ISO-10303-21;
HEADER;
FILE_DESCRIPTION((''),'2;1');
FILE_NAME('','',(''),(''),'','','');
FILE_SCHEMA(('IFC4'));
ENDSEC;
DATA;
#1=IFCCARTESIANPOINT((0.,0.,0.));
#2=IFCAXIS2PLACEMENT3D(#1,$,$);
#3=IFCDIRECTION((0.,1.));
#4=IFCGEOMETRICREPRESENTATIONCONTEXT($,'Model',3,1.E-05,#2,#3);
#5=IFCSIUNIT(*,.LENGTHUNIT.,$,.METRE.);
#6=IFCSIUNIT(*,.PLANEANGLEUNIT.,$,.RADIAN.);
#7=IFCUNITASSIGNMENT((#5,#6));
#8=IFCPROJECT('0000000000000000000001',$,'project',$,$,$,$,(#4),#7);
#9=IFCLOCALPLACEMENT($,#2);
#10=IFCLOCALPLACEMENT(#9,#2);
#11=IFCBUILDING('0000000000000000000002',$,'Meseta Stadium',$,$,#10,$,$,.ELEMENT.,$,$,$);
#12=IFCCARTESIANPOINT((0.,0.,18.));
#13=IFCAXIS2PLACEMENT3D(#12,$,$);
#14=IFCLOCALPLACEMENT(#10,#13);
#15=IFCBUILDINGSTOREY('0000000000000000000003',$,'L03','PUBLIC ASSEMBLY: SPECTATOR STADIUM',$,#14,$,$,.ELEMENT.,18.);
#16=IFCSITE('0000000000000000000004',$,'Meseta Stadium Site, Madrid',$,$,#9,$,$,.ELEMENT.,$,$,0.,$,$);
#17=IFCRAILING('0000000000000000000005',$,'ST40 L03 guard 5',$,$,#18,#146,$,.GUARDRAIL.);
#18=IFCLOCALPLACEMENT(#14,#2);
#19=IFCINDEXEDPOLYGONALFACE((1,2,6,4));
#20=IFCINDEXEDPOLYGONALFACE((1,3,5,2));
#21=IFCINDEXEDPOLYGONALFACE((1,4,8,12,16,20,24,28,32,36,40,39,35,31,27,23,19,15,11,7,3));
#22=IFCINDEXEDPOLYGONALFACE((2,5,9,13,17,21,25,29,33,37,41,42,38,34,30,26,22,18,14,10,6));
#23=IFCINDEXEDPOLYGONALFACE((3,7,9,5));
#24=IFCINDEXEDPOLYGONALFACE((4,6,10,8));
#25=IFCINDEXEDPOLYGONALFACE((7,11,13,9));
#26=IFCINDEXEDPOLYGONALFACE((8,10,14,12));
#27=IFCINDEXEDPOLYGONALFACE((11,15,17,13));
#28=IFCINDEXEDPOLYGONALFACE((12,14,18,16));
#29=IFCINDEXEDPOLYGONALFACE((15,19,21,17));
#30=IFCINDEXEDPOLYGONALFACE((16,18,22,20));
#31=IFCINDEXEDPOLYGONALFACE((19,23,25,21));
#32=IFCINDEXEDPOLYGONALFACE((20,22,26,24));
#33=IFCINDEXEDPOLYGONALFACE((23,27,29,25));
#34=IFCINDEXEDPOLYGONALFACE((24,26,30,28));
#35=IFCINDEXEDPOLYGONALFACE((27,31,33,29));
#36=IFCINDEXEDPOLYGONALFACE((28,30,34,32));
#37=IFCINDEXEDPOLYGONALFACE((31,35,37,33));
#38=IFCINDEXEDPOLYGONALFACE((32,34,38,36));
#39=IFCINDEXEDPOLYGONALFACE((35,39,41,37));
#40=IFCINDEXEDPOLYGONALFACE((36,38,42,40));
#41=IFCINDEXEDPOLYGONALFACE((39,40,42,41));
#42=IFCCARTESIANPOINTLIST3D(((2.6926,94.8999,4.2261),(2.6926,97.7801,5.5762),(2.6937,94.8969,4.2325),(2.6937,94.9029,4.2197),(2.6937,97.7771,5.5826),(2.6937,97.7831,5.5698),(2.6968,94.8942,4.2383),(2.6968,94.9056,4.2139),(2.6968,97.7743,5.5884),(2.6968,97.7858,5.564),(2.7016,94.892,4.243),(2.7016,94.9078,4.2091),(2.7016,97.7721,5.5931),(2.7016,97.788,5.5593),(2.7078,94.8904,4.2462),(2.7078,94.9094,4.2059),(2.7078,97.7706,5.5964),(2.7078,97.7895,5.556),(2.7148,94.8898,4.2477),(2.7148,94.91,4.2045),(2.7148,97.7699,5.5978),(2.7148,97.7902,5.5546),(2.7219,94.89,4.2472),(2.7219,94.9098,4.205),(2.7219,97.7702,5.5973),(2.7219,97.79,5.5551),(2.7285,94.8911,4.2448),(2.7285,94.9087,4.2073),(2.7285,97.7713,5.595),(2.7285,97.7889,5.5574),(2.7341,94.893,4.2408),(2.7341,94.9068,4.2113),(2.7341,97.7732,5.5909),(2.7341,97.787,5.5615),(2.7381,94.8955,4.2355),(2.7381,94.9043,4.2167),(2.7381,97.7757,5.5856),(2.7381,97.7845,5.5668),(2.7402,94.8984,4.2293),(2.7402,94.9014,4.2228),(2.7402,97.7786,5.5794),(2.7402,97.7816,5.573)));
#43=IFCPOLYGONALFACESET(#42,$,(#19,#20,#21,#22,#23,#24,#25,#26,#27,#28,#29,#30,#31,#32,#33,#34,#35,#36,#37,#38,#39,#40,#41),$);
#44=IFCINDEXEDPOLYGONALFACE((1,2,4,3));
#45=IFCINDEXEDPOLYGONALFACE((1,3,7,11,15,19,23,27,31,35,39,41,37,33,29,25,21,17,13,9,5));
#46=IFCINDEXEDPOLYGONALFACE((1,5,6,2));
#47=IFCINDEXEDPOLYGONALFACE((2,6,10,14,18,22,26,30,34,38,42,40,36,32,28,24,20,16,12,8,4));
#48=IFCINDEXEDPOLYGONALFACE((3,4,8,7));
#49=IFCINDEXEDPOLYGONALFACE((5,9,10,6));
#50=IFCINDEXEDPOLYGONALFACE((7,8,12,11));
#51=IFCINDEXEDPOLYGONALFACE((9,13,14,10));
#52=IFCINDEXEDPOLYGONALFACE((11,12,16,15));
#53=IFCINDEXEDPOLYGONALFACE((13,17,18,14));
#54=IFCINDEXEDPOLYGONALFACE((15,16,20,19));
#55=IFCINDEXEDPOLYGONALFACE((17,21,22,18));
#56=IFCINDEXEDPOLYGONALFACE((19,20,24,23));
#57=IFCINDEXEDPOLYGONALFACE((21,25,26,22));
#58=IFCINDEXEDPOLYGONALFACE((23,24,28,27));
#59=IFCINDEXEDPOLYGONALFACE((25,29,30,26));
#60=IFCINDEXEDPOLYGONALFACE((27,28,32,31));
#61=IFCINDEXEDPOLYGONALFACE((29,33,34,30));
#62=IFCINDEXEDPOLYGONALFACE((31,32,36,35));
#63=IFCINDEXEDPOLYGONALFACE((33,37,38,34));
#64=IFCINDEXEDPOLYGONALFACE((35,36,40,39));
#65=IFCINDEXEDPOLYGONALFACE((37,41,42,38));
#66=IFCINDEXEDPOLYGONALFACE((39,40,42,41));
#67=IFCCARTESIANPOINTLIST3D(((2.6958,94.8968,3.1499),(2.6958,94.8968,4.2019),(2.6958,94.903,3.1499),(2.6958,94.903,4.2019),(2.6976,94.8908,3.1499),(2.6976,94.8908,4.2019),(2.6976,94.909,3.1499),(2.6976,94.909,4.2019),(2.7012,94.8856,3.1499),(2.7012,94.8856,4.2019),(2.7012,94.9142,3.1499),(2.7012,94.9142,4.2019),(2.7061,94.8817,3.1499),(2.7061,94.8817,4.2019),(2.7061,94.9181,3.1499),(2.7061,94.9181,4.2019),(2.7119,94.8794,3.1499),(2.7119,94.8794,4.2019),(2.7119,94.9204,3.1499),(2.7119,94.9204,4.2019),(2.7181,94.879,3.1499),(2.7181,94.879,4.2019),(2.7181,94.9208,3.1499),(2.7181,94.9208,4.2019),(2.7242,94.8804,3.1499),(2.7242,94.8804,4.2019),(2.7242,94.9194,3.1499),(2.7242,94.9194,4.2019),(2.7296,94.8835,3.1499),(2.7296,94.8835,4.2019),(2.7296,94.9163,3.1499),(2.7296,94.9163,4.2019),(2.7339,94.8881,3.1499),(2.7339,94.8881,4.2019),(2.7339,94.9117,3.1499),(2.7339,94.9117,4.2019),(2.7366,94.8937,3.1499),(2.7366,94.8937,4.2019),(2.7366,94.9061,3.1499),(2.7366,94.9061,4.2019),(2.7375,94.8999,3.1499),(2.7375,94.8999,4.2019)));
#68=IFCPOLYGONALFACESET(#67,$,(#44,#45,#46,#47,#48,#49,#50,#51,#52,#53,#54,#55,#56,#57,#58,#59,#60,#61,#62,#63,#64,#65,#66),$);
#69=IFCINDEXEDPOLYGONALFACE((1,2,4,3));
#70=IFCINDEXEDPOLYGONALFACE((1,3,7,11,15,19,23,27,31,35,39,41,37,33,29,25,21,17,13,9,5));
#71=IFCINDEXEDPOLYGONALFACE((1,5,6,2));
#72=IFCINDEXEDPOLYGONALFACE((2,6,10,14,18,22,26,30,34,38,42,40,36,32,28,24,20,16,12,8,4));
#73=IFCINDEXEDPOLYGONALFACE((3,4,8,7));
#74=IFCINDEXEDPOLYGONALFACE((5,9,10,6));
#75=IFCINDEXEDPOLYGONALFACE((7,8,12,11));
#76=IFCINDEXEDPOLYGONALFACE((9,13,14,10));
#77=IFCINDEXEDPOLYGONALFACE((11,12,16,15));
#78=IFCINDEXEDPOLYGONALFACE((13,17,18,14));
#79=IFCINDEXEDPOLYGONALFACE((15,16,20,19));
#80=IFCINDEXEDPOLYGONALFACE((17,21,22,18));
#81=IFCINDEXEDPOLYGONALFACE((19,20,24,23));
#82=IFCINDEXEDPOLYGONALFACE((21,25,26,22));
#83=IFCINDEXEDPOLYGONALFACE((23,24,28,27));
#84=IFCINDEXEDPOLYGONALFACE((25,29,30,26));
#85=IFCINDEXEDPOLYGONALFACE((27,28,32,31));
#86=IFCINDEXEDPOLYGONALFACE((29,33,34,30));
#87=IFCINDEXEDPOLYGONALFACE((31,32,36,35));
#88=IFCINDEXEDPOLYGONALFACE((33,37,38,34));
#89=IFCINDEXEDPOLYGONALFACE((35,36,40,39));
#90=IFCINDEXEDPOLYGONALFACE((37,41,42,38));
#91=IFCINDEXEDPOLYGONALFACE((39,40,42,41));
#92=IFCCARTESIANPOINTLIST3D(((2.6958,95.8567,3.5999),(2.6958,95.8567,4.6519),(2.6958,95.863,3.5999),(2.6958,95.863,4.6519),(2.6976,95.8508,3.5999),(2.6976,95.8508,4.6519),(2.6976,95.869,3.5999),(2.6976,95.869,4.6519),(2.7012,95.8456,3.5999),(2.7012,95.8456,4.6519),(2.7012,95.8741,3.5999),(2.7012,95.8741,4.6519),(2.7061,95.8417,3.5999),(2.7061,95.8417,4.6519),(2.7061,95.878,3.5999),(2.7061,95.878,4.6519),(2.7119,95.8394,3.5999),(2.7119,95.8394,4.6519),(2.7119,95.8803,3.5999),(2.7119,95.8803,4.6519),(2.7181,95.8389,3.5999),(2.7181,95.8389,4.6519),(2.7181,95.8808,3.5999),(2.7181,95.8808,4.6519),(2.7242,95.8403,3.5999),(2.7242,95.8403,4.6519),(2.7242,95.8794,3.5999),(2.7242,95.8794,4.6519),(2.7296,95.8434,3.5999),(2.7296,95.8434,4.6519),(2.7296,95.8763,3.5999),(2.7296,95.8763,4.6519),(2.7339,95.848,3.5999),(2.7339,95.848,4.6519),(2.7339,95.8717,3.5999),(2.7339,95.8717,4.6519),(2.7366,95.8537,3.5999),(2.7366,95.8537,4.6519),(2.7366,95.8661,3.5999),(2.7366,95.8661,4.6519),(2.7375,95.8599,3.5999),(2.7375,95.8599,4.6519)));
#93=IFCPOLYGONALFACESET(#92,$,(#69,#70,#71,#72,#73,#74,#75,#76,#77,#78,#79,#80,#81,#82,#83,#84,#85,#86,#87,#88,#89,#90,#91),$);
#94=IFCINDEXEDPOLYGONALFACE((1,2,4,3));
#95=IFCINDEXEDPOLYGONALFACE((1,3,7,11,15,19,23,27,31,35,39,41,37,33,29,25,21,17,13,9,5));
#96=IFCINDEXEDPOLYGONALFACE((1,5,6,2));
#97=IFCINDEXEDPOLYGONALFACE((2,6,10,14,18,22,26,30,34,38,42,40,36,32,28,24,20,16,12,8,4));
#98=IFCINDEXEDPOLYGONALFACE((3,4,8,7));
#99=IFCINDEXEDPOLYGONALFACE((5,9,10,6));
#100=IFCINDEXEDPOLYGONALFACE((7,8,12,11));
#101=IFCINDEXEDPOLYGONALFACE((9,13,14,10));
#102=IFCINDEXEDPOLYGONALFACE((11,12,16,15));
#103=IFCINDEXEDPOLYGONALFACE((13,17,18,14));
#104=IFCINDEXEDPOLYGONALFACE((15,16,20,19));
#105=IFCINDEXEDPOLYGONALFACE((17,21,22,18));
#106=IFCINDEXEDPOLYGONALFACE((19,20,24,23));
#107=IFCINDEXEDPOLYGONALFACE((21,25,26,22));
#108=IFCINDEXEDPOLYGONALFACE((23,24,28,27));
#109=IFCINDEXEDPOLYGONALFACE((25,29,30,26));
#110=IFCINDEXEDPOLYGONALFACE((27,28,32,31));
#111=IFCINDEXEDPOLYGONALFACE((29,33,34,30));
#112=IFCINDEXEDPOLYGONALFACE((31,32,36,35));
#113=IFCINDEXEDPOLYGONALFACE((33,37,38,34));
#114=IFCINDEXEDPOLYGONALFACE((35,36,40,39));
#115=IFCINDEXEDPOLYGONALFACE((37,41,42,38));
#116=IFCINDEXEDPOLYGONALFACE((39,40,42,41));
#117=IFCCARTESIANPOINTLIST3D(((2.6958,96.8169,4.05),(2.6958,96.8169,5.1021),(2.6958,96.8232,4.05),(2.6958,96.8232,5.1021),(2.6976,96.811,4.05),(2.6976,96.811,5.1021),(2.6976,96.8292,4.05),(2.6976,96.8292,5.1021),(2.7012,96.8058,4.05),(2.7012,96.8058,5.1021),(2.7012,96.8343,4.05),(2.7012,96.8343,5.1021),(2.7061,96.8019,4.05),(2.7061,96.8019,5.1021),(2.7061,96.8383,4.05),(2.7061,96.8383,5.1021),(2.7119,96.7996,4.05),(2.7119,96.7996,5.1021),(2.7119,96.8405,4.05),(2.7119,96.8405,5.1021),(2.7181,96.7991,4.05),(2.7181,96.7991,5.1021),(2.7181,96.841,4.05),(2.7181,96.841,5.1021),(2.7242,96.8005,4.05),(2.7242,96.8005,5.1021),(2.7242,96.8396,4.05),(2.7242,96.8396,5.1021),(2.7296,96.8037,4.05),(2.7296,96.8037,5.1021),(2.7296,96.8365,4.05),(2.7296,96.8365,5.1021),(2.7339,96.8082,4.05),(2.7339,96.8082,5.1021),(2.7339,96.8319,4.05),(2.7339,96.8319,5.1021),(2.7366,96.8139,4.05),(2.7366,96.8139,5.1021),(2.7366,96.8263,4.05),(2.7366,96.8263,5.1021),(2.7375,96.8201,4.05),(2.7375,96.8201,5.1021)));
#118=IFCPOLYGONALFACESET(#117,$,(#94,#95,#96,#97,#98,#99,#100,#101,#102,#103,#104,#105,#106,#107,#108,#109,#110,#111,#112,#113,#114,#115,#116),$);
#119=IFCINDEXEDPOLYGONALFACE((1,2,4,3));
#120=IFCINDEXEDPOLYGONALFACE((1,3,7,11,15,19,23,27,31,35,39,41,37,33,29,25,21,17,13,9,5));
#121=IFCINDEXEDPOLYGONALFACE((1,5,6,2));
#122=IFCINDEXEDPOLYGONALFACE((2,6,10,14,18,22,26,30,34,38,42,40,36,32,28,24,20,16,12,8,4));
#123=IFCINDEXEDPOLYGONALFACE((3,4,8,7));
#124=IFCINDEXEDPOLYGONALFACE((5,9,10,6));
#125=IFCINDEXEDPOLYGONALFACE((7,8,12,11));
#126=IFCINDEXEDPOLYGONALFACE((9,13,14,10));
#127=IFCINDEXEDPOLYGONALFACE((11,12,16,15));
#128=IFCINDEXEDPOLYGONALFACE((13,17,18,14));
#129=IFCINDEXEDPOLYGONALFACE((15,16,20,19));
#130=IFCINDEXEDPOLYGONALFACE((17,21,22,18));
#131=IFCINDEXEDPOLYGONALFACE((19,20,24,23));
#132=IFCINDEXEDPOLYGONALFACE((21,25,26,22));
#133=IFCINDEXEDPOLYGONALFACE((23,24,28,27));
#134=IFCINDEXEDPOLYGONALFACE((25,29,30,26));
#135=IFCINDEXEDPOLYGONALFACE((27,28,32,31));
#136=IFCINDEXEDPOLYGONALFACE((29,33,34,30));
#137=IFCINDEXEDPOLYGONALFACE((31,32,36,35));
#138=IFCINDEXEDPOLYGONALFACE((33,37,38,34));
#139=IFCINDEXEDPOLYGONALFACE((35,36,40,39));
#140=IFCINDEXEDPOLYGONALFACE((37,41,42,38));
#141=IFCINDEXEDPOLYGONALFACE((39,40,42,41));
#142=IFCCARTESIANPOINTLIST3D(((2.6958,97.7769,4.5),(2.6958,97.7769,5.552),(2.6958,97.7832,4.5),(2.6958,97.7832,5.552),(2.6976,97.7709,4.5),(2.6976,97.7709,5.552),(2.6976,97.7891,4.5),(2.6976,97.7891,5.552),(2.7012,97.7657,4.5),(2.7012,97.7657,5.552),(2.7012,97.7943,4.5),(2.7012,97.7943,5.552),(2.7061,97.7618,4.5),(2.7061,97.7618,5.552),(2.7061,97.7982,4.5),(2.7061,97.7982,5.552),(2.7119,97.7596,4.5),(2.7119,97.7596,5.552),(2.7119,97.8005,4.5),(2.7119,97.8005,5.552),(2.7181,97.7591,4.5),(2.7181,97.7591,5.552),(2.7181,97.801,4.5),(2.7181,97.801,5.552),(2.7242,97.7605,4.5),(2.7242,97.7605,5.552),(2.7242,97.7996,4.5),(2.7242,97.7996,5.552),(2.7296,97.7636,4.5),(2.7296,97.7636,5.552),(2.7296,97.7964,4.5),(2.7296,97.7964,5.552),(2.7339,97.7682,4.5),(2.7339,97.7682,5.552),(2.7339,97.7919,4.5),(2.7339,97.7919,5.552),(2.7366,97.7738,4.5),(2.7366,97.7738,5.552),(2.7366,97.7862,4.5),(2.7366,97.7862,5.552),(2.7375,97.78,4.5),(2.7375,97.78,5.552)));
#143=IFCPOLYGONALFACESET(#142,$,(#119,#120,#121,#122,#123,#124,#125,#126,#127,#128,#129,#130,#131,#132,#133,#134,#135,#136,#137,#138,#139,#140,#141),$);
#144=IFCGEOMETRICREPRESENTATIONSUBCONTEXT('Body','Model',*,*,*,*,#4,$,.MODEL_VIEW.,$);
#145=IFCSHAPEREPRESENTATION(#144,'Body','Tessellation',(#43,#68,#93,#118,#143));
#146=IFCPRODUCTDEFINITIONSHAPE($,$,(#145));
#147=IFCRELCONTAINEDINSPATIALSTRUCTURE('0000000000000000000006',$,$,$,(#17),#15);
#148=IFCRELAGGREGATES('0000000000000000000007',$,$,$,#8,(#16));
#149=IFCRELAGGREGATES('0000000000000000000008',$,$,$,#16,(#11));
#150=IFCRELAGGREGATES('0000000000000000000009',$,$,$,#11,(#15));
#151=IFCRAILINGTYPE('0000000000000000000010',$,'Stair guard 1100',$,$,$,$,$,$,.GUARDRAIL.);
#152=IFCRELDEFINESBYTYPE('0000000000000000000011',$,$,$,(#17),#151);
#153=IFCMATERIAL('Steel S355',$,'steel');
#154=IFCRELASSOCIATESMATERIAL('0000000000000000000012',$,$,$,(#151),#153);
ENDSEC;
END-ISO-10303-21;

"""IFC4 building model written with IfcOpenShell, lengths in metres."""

from ifc_helpers import new_model, si_unit, direction, frame, origin, origin_2d, place, context, subcontext, project, spatial, circle, extrude, material, type_object, element, save


model = new_model("IFC4")

# Units and contexts
model_context = context("Model", 3, precision=1e-05, world=origin(), true_north=direction((0.0, 1.0)))
body_context = subcontext(model_context, "Body", "Model", "MODEL_VIEW")
ifc_project = project(units=[si_unit("LENGTHUNIT", "METRE"), si_unit("PLANEANGLEUNIT", "RADIAN")], contexts=[model_context])

# Site, building, storey
site_placement = place(None, origin())
site = spatial("IfcSite", under=ifc_project, at=site_placement, Name="Meseta Stadium Site, Madrid", CompositionType="ELEMENT", RefElevation=0.0)
building_placement = place(site_placement, origin())
building = spatial("IfcBuilding", under=site, at=building_placement, Name="Meseta Stadium", CompositionType="ELEMENT")
storey_placement = place(building_placement, frame((0.0, 0.0, 18.0)))
storey = spatial("IfcBuildingStorey", under=building, at=storey_placement, Name="L03", Description="PUBLIC ASSEMBLY: SPECTATOR STADIUM", CompositionType="ELEMENT", Elevation=18.0)

# Railing
ifc_material_1 = material(Name="Steel S355", Category="steel")
railing_type_1 = type_object("IfcRailingType", Name="Stair guard 1100", PredefinedType="GUARDRAIL", material=ifc_material_1)
railing_1_placement = place(storey_placement, frame((2.7166, 94.8999, 3.1499)))
element("IfcRailing", 1, at=railing_1_placement, inside=storey, type_object=railing_type_1, Name="ST40 L03 guard 5", PredefinedType="GUARDRAIL", context=body_context, shape_type="SweptSolid", body=[
    extrude(circle(Radius=0.0239, at=origin_2d()), frame((0.0, 0.0, 1.0762), z_axis=(0.0, 0.905454, 0.424444), x_axis=(-1.0, 0.0, 0.0)), (0.0, 0.0, 1.0), 3.1809),
    extrude(circle(Radius=0.021, at=origin_2d()), origin(), (0.0, 0.0, 1.0), 1.052),
    extrude(circle(Radius=0.021, at=origin_2d()), frame((0.0, 0.96, 0.45)), (0.0, 0.0, 1.0), 1.052),
    extrude(circle(Radius=0.021, at=origin_2d()), frame((0.0, 1.9202, 0.9001)), (0.0, 0.0, 1.0), 1.052),
    extrude(circle(Radius=0.021, at=origin_2d()), frame((0.0, 2.8801, 1.3501)), (0.0, 0.0, 1.0), 1.052),
])

save(model, "model.ifc")
